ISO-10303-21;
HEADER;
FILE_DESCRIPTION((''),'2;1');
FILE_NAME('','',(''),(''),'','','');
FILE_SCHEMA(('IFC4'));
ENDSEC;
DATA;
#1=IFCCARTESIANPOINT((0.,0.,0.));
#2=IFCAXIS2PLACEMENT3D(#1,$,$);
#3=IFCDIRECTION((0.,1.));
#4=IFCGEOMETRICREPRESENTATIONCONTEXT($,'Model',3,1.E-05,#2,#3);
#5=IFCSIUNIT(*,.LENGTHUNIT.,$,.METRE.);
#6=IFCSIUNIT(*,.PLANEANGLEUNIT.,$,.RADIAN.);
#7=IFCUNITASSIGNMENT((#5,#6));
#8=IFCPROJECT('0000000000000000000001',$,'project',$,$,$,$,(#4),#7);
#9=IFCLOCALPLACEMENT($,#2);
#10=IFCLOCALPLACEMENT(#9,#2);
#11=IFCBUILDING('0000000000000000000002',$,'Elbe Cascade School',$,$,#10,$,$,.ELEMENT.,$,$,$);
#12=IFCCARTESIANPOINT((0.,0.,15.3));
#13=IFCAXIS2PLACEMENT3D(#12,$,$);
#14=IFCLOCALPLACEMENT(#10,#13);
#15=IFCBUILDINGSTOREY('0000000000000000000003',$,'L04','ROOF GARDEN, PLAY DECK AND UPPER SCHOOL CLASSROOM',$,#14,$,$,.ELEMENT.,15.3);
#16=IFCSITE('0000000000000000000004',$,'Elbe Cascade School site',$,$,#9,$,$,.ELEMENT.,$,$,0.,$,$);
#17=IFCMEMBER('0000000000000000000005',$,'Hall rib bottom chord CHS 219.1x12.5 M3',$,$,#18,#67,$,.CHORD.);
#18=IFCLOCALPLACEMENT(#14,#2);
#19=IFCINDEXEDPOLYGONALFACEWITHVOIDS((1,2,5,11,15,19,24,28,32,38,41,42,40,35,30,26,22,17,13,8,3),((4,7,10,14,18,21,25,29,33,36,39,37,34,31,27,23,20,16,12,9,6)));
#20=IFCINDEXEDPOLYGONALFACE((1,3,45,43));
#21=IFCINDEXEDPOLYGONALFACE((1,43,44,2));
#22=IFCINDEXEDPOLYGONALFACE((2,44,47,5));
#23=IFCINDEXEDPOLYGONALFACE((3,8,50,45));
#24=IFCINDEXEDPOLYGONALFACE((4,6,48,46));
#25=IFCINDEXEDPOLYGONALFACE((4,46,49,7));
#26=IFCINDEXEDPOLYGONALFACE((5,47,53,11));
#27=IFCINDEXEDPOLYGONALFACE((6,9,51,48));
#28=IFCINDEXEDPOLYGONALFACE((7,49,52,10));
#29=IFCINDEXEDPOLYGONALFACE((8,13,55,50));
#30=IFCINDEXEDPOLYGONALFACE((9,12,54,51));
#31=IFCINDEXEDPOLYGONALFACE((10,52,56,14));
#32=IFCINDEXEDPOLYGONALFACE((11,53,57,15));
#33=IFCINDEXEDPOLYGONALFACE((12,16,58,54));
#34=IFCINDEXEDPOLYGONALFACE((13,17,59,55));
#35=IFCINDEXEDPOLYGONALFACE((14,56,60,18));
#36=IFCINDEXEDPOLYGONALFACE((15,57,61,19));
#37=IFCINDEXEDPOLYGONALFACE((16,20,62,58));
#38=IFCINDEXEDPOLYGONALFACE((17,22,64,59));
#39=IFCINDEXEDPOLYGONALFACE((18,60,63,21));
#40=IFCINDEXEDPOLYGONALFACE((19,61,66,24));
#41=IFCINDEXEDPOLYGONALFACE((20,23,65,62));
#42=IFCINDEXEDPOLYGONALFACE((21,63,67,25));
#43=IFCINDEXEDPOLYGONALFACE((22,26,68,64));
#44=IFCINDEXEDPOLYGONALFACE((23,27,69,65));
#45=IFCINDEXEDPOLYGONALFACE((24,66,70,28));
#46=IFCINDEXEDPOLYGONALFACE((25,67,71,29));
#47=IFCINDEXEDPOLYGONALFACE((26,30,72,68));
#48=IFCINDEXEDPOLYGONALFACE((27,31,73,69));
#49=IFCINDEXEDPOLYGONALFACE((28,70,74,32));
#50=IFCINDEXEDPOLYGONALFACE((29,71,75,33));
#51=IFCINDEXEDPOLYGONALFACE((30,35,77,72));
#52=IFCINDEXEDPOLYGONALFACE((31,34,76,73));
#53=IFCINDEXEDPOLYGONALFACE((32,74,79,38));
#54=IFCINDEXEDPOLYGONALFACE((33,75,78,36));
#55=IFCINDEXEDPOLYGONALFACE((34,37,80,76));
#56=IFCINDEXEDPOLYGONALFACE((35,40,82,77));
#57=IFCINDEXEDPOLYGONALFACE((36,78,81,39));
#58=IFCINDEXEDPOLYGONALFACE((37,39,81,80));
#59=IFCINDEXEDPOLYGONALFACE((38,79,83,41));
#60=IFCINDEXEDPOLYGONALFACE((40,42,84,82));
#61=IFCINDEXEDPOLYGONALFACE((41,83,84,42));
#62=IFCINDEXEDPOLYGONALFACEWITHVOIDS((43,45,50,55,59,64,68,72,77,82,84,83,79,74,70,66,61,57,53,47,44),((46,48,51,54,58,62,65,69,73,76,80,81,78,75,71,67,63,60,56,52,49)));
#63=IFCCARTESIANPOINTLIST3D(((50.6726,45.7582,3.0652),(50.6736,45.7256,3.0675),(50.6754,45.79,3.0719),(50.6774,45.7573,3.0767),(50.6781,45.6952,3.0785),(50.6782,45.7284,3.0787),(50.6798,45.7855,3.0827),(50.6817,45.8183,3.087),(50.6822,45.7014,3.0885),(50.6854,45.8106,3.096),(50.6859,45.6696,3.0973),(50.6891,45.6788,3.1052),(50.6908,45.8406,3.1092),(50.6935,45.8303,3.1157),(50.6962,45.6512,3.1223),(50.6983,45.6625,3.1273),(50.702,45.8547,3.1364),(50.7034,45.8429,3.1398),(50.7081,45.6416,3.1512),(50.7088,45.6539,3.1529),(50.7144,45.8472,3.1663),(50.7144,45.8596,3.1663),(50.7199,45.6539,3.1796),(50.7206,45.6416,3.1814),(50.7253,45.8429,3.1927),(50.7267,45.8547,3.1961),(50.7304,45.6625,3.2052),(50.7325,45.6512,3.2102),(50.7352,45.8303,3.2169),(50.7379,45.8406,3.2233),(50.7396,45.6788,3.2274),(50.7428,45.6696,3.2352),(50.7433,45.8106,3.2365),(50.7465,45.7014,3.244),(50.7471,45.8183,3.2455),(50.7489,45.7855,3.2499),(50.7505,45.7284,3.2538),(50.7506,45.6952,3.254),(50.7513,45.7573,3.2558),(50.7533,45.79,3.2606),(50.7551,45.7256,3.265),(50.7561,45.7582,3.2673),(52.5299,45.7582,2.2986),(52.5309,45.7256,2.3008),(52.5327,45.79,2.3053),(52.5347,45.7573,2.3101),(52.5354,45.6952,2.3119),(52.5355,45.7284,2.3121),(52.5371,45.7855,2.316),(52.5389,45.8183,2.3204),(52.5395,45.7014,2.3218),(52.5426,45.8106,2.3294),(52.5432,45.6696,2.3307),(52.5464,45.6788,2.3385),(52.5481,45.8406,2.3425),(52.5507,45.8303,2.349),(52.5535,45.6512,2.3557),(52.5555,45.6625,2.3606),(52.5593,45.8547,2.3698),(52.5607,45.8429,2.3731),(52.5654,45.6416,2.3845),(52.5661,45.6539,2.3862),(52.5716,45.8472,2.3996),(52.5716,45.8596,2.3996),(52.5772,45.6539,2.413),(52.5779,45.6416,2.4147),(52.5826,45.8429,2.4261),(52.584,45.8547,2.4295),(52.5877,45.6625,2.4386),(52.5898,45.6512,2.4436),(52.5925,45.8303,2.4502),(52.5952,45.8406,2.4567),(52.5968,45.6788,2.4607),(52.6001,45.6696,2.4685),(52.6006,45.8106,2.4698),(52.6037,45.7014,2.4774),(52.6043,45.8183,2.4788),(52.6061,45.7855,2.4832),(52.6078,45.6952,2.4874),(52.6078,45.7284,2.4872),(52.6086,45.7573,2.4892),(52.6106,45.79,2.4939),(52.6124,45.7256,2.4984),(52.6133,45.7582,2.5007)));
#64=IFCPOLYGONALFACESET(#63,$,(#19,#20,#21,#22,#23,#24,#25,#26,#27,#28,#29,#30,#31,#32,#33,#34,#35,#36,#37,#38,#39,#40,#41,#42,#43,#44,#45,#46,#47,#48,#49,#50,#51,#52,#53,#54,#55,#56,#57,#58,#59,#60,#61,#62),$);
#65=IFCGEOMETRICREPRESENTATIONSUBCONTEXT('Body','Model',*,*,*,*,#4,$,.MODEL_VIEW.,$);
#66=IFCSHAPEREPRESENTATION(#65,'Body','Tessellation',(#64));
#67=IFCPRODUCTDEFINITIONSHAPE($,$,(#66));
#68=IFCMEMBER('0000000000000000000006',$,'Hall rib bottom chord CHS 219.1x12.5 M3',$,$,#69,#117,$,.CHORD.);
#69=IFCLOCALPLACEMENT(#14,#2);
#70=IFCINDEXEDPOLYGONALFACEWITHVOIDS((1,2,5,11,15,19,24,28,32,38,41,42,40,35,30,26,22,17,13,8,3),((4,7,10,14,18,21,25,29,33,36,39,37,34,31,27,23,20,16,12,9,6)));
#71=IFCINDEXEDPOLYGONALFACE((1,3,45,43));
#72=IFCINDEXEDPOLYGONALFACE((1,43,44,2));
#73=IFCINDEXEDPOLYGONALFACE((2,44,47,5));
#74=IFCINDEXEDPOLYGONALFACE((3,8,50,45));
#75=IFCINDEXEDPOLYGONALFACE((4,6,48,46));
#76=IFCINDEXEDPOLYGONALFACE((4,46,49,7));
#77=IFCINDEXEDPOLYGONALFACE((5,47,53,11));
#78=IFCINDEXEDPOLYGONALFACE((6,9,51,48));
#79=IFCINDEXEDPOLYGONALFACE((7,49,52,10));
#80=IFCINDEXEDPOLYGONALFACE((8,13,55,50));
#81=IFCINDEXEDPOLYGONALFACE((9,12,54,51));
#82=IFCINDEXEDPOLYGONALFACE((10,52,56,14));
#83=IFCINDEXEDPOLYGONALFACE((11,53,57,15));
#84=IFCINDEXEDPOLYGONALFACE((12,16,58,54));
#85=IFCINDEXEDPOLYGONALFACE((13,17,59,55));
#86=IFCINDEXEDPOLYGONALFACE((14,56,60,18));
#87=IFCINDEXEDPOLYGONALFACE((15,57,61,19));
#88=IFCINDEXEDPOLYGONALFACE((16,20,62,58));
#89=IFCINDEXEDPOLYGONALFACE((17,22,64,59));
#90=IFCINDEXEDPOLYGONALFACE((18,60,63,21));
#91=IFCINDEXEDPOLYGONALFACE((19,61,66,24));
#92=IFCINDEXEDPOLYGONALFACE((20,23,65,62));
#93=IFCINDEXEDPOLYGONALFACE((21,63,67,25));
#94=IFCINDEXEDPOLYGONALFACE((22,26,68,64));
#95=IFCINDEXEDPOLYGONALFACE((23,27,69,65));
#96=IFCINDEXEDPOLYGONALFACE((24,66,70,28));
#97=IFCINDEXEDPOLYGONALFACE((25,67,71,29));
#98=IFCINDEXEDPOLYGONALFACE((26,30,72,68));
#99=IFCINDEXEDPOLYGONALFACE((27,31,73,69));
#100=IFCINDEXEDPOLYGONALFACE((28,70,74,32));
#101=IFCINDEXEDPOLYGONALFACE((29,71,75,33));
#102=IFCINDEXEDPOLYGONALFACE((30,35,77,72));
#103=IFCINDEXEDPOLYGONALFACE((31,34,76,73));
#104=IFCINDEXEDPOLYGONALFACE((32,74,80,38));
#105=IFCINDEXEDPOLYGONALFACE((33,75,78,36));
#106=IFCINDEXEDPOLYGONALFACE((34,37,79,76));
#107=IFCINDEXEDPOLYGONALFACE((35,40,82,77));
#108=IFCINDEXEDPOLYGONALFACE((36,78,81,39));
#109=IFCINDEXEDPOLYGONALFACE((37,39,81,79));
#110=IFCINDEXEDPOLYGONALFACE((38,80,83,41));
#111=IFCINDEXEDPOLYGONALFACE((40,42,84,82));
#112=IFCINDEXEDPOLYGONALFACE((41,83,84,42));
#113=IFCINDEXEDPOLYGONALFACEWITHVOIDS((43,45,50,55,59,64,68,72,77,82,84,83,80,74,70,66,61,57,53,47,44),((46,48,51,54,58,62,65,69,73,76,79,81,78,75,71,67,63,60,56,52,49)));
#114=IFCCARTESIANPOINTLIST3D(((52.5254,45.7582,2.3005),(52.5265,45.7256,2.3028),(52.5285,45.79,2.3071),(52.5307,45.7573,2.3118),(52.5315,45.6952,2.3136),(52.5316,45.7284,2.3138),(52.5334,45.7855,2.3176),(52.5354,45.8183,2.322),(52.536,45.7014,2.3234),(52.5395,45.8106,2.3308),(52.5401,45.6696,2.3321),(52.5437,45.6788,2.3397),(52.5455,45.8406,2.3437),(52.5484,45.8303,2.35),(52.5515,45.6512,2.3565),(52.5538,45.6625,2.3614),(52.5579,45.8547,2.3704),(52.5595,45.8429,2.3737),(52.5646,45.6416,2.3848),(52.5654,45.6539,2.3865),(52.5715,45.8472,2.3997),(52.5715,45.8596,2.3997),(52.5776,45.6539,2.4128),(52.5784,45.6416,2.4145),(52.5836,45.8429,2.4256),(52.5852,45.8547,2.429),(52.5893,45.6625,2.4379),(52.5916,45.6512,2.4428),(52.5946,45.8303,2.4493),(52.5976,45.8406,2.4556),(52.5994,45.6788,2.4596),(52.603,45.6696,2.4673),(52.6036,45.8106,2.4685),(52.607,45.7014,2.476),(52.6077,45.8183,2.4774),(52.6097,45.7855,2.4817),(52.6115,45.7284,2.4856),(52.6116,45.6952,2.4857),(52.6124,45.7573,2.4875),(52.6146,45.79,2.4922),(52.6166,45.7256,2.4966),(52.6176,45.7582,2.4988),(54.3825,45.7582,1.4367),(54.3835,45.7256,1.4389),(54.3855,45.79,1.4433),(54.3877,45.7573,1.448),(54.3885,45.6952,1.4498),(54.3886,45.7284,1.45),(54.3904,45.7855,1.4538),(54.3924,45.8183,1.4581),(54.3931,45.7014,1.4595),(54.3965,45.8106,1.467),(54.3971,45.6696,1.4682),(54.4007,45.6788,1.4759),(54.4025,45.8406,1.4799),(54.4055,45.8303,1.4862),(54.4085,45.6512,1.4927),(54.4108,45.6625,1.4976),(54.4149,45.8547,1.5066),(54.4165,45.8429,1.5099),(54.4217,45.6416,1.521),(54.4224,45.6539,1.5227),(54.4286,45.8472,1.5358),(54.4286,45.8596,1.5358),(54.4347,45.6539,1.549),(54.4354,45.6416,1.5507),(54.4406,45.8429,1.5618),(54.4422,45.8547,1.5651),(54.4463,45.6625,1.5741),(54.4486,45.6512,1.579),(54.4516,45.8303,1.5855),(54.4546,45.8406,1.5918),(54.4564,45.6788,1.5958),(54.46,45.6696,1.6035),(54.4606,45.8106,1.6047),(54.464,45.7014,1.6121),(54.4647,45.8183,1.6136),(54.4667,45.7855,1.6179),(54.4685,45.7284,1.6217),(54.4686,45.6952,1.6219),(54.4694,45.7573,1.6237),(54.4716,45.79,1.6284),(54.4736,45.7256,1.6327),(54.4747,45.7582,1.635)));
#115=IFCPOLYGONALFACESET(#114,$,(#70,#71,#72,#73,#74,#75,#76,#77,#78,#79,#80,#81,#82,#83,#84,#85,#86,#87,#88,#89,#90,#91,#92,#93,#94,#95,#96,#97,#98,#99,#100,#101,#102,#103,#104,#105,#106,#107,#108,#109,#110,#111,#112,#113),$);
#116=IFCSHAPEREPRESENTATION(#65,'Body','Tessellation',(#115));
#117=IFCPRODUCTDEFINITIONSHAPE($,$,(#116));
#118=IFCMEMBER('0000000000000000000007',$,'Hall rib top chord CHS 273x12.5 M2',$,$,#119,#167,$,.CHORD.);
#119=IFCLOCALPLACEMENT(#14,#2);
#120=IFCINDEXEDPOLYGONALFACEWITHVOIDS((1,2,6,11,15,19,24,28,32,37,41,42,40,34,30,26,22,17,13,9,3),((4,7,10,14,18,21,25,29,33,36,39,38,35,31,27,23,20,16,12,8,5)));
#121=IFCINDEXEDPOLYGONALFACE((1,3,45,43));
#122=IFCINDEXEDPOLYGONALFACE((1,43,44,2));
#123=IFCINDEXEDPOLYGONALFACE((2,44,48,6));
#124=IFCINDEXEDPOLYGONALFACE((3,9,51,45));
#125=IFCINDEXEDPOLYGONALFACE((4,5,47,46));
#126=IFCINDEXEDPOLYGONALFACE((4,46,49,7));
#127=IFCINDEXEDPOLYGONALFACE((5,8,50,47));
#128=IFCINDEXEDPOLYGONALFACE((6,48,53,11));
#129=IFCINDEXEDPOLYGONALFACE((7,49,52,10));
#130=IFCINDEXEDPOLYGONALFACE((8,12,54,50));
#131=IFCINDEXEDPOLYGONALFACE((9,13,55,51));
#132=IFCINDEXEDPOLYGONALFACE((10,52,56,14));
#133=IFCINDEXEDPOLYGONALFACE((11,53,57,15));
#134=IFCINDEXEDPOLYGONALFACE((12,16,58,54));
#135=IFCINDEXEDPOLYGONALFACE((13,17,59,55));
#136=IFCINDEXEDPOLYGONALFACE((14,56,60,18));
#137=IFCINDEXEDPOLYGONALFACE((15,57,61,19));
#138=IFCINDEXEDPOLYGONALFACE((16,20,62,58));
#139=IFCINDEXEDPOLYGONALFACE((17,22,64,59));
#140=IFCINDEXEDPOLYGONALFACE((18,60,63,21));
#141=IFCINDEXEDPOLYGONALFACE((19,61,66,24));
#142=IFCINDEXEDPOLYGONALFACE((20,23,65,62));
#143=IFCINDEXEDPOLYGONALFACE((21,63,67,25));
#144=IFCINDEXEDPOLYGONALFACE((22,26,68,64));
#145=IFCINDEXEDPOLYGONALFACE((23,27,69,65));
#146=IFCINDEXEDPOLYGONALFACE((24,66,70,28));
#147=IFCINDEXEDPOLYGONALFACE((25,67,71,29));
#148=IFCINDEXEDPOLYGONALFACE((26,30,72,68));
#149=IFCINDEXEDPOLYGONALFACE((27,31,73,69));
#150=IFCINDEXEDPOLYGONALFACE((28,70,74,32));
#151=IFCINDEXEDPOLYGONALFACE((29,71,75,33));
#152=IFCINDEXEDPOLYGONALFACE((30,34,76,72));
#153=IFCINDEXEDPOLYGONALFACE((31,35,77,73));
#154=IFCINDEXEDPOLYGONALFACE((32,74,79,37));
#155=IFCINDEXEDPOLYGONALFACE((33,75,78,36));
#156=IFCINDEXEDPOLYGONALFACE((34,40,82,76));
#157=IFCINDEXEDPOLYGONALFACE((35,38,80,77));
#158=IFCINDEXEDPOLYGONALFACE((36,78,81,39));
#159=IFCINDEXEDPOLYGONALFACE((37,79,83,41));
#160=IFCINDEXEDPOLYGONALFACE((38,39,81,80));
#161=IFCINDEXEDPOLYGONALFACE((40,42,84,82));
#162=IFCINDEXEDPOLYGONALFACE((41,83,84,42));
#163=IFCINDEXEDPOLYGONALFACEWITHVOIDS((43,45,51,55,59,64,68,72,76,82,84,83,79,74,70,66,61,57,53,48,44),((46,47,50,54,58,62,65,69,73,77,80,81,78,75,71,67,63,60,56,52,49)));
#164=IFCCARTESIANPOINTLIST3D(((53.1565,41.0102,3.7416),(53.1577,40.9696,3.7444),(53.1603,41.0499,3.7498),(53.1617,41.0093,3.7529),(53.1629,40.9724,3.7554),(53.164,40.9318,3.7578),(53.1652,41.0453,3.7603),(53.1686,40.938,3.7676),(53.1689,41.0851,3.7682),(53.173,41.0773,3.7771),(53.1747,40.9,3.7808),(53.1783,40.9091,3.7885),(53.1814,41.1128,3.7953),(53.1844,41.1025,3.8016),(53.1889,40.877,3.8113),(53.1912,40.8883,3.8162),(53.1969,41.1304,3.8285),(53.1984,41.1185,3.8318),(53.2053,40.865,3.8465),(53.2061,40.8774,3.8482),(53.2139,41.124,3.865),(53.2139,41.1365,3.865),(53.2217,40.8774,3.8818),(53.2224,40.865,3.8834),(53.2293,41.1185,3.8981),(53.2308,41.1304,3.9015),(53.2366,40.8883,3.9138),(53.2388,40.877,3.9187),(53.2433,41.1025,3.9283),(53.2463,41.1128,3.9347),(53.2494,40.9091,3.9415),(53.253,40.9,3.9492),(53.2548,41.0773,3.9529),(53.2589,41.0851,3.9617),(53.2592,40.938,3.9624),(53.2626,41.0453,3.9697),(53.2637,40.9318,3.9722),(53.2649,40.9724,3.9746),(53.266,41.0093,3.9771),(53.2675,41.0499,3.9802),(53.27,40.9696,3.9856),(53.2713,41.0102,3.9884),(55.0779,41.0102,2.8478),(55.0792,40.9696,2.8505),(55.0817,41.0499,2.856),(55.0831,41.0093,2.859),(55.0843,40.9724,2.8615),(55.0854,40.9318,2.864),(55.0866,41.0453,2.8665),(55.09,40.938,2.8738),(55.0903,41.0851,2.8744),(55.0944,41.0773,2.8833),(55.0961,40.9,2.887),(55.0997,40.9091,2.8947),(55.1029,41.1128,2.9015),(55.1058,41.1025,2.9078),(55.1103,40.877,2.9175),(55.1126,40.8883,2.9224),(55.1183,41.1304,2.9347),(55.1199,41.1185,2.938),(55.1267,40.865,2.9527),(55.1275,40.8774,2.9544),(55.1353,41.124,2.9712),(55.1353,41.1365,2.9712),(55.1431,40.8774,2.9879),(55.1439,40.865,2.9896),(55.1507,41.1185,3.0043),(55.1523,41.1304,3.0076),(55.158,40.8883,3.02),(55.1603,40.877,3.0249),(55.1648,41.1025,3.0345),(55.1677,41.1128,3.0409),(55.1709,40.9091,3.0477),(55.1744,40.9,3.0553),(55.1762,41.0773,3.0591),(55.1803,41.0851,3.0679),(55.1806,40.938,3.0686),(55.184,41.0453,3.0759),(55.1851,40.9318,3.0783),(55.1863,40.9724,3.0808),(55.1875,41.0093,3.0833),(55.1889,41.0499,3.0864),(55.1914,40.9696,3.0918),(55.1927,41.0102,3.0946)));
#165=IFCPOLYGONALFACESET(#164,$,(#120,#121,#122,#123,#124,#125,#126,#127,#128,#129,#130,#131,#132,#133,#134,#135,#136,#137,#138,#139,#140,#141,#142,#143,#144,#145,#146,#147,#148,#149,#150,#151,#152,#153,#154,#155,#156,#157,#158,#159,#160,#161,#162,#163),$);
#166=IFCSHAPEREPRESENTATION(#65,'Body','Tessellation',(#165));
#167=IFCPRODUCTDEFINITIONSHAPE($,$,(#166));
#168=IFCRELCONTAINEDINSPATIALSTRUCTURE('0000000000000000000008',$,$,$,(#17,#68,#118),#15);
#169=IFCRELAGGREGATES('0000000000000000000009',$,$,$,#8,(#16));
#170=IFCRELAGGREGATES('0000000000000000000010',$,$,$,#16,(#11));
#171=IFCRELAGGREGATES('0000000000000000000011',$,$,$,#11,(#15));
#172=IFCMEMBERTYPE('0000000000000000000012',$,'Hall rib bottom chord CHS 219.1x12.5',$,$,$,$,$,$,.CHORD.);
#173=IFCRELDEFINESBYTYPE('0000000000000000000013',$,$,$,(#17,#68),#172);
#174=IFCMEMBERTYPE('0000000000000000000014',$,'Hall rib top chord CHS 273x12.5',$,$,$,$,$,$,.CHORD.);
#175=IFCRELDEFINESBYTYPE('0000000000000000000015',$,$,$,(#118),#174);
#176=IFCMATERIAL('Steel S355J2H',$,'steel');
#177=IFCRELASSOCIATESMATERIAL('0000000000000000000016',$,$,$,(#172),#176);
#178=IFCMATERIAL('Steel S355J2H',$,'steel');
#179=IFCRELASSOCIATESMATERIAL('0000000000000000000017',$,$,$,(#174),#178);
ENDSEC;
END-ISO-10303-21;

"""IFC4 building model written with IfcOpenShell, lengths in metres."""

from ifc_helpers import new_model, si_unit, direction, frame, origin, origin_2d, place, context, subcontext, project, spatial, hollow_circle, extrude, material, material_profile, profile_set, type_object, element, save


model = new_model("IFC4")

# Units and contexts
model_context = context("Model", 3, precision=1e-05, world=origin(), true_north=direction((0.0, 1.0)))
body_context = subcontext(model_context, "Body", "Model", "MODEL_VIEW")
ifc_project = project(units=[si_unit("LENGTHUNIT", "METRE"), si_unit("PLANEANGLEUNIT", "RADIAN")], contexts=[model_context])

# Site, building, storey
site_placement = place(None, origin())
site = spatial("IfcSite", under=ifc_project, at=site_placement, Name="Elbe Cascade School site", CompositionType="ELEMENT", RefElevation=0.0)
building_placement = place(site_placement, origin())
building = spatial("IfcBuilding", under=site, at=building_placement, Name="Elbe Cascade School", CompositionType="ELEMENT")
storey_placement = place(building_placement, frame((0.0, 0.0, 15.3)))
storey = spatial("IfcBuildingStorey", under=building, at=storey_placement, Name="L04", Description="ROOF GARDEN, PLAY DECK AND UPPER SCHOOL CLASSROOM", CompositionType="ELEMENT", Elevation=15.3)

# Members
ifc_material_1 = material(Name="Steel S355J2H", Category="steel")
ifc_material_profile_1 = material_profile(ifc_material_1, hollow_circle(Radius=0.1096, WallThickness=0.0125, at=origin_2d()), Name="CHS 219.1x12.5")
ifc_profile_set_1 = profile_set([ifc_material_profile_1], Name="Steel S355J2H")
member_type_1 = type_object("IfcMemberType", Name="Hall rib bottom chord CHS 219.1x12.5", PredefinedType="CHORD", material=ifc_profile_set_1)
member_1_placement = place(storey_placement, frame((50.7144, 45.75, 3.1663), z_axis=(0.924348, 0.0, -0.38155), x_axis=(0.0, 1.0, 0.0)))
element("IfcMember", 1, at=member_1_placement, inside=storey, type_object=member_type_1, Name="Hall rib bottom chord CHS 219.1x12.5 M3", PredefinedType="CHORD", context=body_context, shape_type="SweptSolid", body=[
    extrude(hollow_circle(Radius=0.1096, WallThickness=0.0125, at=origin_2d()), origin(), (0.0, 0.0, 1.0), 2.0093),
])
member_2_placement = place(storey_placement, frame((52.5715, 45.75, 2.3997), z_axis=(0.906706, 0.0, -0.421763), x_axis=(0.0, 1.0, 0.0)))
element("IfcMember", 2, at=member_2_placement, inside=storey, type_object=member_type_1, Name="Hall rib bottom chord CHS 219.1x12.5 M3", PredefinedType="CHORD", context=body_context, shape_type="SweptSolid", body=[
    extrude(hollow_circle(Radius=0.1096, WallThickness=0.0125, at=origin_2d()), origin(), (0.0, 0.0, 1.0), 2.0481),
])
ifc_material_2 = material(Name="Steel S355J2H", Category="steel")
ifc_material_profile_2 = material_profile(ifc_material_2, hollow_circle(Radius=0.1365, WallThickness=0.0125, at=origin_2d()), Name="CHS 273x12.5")
ifc_profile_set_2 = profile_set([ifc_material_profile_2], Name="Steel S355J2H")
member_type_2 = type_object("IfcMemberType", Name="Hall rib top chord CHS 273x12.5", PredefinedType="CHORD", material=ifc_profile_set_2)
for number, where, z_axis, x_axis, name in (
    (3, (53.2139, 41.0, 3.865), (0.906698, 0.0, -0.421781), (0.0, 1.0, 0.0), "Hall rib top chord CHS 273x12.5 M2"),
):
    element("IfcMember", number, at=place(storey_placement, frame(where, z_axis=z_axis, x_axis=x_axis)), inside=storey, type_object=member_type_2, Name=name, PredefinedType="CHORD", context=body_context, shape_type="SweptSolid", body=[
        extrude(hollow_circle(Radius=0.1365, WallThickness=0.0125, at=origin_2d()), origin(), (0.0, 0.0, 1.0), 2.1191),
    ])

save(model, "model.ifc")
